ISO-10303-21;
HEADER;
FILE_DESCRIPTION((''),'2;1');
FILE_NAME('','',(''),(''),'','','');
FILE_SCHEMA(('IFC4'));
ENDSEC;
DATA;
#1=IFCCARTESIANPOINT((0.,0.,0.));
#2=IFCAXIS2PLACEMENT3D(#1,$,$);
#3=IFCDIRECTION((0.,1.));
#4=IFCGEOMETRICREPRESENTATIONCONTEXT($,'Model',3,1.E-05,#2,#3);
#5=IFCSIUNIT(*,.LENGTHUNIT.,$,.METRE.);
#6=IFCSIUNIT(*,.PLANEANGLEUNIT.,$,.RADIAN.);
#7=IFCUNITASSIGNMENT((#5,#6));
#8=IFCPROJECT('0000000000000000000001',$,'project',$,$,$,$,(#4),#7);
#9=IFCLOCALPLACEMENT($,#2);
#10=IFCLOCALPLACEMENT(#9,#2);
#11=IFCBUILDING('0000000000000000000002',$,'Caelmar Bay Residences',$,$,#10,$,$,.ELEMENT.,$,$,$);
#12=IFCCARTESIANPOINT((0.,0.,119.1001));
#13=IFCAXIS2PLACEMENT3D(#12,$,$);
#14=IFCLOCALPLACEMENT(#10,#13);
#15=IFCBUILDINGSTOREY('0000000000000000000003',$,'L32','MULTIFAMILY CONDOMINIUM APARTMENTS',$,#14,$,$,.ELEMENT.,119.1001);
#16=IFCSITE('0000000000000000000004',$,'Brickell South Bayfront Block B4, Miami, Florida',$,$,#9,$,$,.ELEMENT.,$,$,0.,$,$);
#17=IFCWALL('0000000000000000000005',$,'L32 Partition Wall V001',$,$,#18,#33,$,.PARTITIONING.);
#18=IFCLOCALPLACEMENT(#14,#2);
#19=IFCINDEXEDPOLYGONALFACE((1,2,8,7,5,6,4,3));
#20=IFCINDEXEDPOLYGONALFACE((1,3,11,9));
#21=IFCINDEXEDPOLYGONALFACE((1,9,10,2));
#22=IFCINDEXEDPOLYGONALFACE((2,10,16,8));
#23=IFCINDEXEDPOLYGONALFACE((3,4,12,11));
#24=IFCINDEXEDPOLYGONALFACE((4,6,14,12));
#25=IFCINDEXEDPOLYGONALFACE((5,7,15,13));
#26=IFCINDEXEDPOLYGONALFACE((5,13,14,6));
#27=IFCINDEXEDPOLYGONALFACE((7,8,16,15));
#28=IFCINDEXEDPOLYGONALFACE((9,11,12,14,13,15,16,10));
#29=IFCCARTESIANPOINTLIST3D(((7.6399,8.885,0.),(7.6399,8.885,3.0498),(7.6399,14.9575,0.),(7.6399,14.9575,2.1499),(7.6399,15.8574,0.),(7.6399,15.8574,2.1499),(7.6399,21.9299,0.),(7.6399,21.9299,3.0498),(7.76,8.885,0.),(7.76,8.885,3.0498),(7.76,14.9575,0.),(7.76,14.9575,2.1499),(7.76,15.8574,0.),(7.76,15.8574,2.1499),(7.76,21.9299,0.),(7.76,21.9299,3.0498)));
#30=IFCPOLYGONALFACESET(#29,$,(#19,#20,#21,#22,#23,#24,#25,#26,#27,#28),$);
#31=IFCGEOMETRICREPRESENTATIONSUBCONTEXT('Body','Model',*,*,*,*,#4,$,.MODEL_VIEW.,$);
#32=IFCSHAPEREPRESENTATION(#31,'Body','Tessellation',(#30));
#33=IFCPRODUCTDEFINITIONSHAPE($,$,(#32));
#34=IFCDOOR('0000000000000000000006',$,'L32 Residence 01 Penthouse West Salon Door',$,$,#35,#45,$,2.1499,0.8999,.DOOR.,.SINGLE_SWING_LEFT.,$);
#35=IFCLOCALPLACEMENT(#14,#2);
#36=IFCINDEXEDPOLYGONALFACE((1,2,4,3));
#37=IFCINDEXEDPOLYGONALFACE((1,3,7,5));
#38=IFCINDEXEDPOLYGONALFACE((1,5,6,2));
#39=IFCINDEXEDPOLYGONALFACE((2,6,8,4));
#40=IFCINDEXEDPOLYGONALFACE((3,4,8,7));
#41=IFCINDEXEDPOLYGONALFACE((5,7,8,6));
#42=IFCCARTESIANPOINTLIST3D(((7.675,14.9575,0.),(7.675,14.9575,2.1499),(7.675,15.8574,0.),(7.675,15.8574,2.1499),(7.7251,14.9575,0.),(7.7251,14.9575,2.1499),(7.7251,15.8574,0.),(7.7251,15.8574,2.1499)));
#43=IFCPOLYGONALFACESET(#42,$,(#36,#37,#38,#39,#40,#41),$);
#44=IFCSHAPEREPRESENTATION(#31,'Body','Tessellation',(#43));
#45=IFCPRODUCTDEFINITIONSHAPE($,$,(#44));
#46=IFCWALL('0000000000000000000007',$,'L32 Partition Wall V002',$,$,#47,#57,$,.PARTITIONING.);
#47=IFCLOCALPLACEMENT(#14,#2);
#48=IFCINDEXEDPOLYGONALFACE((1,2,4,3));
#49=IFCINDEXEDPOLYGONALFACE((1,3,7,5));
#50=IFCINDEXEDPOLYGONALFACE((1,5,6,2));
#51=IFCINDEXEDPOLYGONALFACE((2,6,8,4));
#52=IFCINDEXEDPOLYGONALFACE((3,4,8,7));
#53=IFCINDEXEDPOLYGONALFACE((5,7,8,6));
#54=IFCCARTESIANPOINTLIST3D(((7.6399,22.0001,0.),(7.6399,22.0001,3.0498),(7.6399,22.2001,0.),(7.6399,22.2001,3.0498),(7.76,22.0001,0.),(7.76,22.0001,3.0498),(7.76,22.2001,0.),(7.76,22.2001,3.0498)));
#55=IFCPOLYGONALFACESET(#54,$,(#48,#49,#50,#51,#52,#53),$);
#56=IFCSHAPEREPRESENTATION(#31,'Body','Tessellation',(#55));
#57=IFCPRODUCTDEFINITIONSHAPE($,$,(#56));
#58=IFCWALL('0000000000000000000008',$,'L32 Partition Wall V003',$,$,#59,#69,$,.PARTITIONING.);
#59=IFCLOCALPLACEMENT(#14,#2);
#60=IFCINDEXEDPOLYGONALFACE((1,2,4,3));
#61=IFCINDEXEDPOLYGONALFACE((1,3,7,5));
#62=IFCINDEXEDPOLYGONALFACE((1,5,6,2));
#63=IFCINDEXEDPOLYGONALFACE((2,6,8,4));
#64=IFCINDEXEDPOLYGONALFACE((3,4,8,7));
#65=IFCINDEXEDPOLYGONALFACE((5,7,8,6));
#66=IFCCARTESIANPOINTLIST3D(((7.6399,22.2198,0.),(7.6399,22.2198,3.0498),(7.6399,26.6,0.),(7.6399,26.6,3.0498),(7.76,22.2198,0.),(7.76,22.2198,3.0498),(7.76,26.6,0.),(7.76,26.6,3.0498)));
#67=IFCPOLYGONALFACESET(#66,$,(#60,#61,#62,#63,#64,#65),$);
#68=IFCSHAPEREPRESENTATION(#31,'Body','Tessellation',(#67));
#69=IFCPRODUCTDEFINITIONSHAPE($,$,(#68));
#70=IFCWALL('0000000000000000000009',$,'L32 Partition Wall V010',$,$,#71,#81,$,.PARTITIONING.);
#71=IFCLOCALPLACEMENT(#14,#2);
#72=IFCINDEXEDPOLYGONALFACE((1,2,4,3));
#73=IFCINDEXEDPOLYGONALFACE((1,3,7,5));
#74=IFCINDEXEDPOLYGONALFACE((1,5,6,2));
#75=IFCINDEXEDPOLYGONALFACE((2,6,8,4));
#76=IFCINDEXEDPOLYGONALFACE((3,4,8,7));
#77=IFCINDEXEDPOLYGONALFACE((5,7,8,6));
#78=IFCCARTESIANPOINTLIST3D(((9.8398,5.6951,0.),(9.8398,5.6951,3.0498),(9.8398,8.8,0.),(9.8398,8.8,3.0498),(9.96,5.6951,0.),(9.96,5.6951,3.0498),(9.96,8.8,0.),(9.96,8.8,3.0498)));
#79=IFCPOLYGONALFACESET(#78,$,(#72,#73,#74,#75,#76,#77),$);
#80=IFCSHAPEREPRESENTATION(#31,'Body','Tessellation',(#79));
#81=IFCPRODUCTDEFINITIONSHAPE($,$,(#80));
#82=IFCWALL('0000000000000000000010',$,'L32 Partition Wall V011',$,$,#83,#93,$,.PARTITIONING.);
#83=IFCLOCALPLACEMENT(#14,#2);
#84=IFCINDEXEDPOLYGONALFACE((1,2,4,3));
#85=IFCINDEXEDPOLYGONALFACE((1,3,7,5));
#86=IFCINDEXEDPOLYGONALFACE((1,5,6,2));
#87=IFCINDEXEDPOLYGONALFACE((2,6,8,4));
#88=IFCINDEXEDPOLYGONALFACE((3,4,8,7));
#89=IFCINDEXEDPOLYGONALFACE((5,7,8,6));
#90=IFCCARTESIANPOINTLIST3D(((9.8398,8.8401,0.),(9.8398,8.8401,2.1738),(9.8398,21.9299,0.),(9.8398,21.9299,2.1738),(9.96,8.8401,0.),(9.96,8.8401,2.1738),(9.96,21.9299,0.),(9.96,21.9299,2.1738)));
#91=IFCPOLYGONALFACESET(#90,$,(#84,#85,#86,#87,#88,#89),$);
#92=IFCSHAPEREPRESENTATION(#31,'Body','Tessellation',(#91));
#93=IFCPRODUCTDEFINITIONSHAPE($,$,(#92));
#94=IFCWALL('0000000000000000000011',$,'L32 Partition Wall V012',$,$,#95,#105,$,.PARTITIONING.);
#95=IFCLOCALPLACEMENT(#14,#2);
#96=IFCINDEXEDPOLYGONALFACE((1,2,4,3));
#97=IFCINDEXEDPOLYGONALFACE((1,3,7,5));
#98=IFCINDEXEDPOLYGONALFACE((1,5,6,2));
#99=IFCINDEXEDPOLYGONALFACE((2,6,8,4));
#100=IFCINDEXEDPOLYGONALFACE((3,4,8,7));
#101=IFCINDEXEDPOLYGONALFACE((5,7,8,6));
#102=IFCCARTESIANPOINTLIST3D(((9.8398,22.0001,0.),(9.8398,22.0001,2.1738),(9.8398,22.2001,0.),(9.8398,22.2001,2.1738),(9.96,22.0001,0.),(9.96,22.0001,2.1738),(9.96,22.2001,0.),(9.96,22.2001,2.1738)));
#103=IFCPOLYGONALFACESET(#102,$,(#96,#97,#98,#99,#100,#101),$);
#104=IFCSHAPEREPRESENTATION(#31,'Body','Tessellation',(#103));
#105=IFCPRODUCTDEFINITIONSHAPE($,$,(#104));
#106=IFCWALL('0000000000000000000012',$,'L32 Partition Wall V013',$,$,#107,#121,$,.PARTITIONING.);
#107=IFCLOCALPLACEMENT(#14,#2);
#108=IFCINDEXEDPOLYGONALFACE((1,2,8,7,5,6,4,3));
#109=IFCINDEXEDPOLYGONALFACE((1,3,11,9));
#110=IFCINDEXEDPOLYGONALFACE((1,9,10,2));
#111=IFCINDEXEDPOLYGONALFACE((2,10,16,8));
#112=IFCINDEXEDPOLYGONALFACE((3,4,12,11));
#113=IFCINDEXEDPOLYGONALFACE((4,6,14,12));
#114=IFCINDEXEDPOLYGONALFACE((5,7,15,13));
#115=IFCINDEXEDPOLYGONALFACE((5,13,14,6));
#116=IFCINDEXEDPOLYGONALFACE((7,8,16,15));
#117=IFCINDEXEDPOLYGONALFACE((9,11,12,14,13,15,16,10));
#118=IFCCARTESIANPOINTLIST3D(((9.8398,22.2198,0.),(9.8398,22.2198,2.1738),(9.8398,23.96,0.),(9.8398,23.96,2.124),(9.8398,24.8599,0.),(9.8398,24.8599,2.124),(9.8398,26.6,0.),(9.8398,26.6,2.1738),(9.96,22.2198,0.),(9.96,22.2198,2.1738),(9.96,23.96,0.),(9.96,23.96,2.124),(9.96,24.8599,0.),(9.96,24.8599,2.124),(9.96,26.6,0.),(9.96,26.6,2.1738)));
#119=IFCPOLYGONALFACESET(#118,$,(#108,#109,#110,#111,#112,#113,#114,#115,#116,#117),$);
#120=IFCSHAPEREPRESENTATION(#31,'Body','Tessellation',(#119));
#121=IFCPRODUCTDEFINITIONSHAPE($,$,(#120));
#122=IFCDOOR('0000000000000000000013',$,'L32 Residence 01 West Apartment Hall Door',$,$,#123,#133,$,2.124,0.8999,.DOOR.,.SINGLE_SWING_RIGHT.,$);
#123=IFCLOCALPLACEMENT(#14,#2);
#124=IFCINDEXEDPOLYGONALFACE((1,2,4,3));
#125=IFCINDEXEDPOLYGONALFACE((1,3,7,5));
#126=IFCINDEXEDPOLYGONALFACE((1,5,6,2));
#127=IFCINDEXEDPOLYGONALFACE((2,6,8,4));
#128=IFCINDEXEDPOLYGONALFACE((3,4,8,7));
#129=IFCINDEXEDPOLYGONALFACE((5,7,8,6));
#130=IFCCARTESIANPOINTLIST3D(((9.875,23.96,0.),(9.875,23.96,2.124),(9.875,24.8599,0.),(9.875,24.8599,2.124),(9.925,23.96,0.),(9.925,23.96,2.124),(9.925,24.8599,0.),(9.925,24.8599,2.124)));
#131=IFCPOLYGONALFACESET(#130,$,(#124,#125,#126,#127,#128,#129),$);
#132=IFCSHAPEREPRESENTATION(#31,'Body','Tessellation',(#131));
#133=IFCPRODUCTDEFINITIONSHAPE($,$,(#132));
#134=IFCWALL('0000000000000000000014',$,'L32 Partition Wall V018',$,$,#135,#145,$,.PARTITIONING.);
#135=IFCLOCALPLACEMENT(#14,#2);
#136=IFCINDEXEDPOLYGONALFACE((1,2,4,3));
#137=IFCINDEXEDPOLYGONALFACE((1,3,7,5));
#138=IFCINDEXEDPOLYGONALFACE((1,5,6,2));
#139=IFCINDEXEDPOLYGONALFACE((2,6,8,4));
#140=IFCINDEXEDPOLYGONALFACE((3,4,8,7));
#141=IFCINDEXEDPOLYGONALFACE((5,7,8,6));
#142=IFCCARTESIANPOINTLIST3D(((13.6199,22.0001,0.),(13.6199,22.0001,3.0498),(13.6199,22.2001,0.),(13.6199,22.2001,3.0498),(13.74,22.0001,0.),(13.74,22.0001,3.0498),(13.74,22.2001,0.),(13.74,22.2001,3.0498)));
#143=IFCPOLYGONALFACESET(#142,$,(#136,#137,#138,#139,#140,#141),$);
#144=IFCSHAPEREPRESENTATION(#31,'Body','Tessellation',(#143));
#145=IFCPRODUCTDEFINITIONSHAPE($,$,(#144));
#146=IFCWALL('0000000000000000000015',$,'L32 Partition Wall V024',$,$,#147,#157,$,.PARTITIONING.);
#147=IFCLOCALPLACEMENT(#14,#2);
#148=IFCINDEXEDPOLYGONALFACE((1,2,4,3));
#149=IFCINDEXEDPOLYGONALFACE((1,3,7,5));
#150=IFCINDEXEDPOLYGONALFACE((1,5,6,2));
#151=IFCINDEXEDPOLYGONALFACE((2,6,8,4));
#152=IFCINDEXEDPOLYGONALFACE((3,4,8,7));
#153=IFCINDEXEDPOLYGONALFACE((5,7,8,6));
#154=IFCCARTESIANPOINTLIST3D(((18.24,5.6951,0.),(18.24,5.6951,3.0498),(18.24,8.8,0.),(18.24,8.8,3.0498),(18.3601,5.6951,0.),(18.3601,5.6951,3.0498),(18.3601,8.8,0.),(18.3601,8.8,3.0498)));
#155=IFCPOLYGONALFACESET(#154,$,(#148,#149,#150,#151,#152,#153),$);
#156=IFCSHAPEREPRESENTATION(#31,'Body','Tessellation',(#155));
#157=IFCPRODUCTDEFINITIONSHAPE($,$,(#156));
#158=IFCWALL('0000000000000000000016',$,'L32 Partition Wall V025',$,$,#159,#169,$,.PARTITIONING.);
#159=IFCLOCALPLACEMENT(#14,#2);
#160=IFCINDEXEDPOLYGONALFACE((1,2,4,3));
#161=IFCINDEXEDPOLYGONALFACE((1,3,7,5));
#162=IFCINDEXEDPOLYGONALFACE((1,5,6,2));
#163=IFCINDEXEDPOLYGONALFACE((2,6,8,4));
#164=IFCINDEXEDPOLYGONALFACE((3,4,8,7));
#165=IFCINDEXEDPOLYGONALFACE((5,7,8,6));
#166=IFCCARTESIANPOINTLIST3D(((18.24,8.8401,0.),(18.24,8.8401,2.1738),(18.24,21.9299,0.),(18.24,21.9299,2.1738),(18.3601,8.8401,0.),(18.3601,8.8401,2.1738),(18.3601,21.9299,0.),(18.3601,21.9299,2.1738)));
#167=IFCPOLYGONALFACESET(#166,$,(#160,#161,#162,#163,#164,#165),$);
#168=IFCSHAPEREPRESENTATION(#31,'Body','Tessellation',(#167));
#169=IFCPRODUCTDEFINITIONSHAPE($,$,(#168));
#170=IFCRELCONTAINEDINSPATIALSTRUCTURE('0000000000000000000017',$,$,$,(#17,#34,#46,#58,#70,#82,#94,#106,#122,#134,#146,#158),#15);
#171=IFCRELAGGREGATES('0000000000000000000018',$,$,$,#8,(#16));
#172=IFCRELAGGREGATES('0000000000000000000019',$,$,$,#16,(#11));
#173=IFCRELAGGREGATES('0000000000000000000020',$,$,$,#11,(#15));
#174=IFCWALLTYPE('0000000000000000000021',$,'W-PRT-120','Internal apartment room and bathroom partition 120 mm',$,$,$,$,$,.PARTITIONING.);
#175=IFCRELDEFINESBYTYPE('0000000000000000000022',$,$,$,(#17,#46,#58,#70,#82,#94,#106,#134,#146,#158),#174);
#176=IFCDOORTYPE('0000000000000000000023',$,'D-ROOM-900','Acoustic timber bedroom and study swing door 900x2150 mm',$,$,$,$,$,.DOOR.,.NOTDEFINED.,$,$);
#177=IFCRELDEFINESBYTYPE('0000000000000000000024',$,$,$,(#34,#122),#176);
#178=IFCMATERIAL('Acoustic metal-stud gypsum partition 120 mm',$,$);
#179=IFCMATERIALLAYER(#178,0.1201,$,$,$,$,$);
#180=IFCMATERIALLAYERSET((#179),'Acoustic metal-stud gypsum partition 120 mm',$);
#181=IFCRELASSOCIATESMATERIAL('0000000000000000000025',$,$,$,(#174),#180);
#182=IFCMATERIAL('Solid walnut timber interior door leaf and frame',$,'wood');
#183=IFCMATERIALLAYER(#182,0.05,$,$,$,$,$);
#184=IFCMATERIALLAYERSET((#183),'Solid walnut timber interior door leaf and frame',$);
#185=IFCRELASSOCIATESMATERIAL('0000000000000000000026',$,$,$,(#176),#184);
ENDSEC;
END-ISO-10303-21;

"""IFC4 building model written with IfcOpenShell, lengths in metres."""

from ifc_helpers import new_model, si_unit, direction, frame, frame_2d, origin, place, context, subcontext, project, spatial, rectangle, extrude, material, layer, layer_set, type_object, element, fill, save


model = new_model("IFC4")

# Units and contexts
model_context = context("Model", 3, precision=1e-05, world=origin(), true_north=direction((0.0, 1.0)))
body_context = subcontext(model_context, "Body", "Model", "MODEL_VIEW")
ifc_project = project(units=[si_unit("LENGTHUNIT", "METRE"), si_unit("PLANEANGLEUNIT", "RADIAN")], contexts=[model_context])

# Site, building, storey
site_placement = place(None, origin())
site = spatial("IfcSite", under=ifc_project, at=site_placement, Name="Brickell South Bayfront Block B4, Miami, Florida", CompositionType="ELEMENT", RefElevation=0.0)
building_placement = place(site_placement, origin())
building = spatial("IfcBuilding", under=site, at=building_placement, Name="Caelmar Bay Residences", CompositionType="ELEMENT")
storey_placement = place(building_placement, frame((0.0, 0.0, 119.1001)))
storey = spatial("IfcBuildingStorey", under=building, at=storey_placement, Name="L32", Description="MULTIFAMILY CONDOMINIUM APARTMENTS", CompositionType="ELEMENT", Elevation=119.1001)

# Wall, opening, door
ifc_material_1 = material(Name="Acoustic metal-stud gypsum partition 120 mm")
ifc_layer_1 = layer(ifc_material_1, 0.1201)
ifc_layer_set_1 = layer_set([ifc_layer_1], Name="Acoustic metal-stud gypsum partition 120 mm")
wall_type_1 = type_object("IfcWallType", Name="W-PRT-120", Description="Internal apartment room and bathroom partition 120 mm", PredefinedType="PARTITIONING", material=ifc_layer_set_1)
wall_1_placement = place(storey_placement, frame((7.7, 8.885, 0.0), z_axis=(0.0, 0.0, 1.0), x_axis=(0.0, 1.0, 0.0)))
wall_1 = element("IfcWall", 1, at=wall_1_placement, inside=storey, type_object=wall_type_1, Name="L32 Partition Wall V001", PredefinedType="PARTITIONING", context=body_context, shape_type="SweptSolid", body=[
    extrude(rectangle(XDim=13.0449, YDim=0.1201, at=frame_2d((6.5225, 0.0))), origin(), (0.0, 0.0, 1.0), 3.0498),
])
opening_1_placement = place(wall_1_placement, frame((6.0725, 0.0, 0.0)))
opening_1 = element("IfcOpeningElement", 2, at=opening_1_placement, cuts=wall_1, PredefinedType="OPENING", context=body_context, shape_type="SweptSolid", body=[
    extrude(rectangle(XDim=0.8999, YDim=2.1499, at=frame_2d((0.45, 1.075))), frame((0.0, 0.0701, 0.0), z_axis=(0.0, -1.0, 0.0), x_axis=(1.0, 0.0, 0.0)), (0.0, 0.0, 1.0), 0.1401),
])
ifc_material_2 = material(Name="Solid walnut timber interior door leaf and frame", Category="wood")
ifc_layer_2 = layer(ifc_material_2, 0.05)
ifc_layer_set_2 = layer_set([ifc_layer_2], Name="Solid walnut timber interior door leaf and frame")
door_type = type_object("IfcDoorType", Name="D-ROOM-900", Description="Acoustic timber bedroom and study swing door 900x2150 mm", OperationType="NOTDEFINED", PredefinedType="DOOR", material=ifc_layer_set_2)
door_1_placement = place(opening_1_placement, origin())
door_1 = element("IfcDoor", 3, at=door_1_placement, inside=storey, type_object=door_type, Name="L32 Residence 01 Penthouse West Salon Door", OperationType="SINGLE_SWING_LEFT", OverallHeight=2.1499, OverallWidth=0.8999, PredefinedType="DOOR", context=body_context, shape_type="SweptSolid", body=[
    extrude(rectangle(XDim=0.8999, YDim=2.1499, at=frame_2d((0.45, 1.075))), frame((0.0, 0.0249, 0.0), z_axis=(0.0, -1.0, 0.0), x_axis=(1.0, 0.0, 0.0)), (0.0, 0.0, 1.0), 0.05),
])
fill(opening_1, door_1)

# Walls
wall_2_placement = place(storey_placement, frame((7.7, 22.0, 0.0), z_axis=(0.0, 0.0, 1.0), x_axis=(0.0, 1.0, 0.0)))
element("IfcWall", 4, at=wall_2_placement, inside=storey, type_object=wall_type_1, Name="L32 Partition Wall V002", PredefinedType="PARTITIONING", context=body_context, shape_type="SweptSolid", body=[
    extrude(rectangle(XDim=0.2, YDim=0.1201, at=frame_2d((0.1001, 0.0))), origin(), (0.0, 0.0, 1.0), 3.0498),
])
wall_3_placement = place(storey_placement, frame((7.7, 22.22, 0.0), z_axis=(0.0, 0.0, 1.0), x_axis=(0.0, 1.0, 0.0)))
element("IfcWall", 5, at=wall_3_placement, inside=storey, type_object=wall_type_1, Name="L32 Partition Wall V003", PredefinedType="PARTITIONING", context=body_context, shape_type="SweptSolid", body=[
    extrude(rectangle(XDim=4.3801, YDim=0.1201, at=frame_2d((2.1899, 0.0))), origin(), (0.0, 0.0, 1.0), 3.0498),
])
wall_4_placement = place(storey_placement, frame((9.8999, 5.6951, 0.0), z_axis=(0.0, 0.0, 1.0), x_axis=(0.0, 1.0, 0.0)))
element("IfcWall", 6, at=wall_4_placement, inside=storey, type_object=wall_type_1, Name="L32 Partition Wall V010", PredefinedType="PARTITIONING", context=body_context, shape_type="SweptSolid", body=[
    extrude(rectangle(XDim=3.105, YDim=0.1201, at=frame_2d((1.5525, 0.0))), origin(), (0.0, 0.0, 1.0), 3.0498),
])
wall_5_placement = place(storey_placement, frame((9.8999, 8.8401, 0.0), z_axis=(0.0, 0.0, 1.0), x_axis=(0.0, 1.0, 0.0)))
element("IfcWall", 7, at=wall_5_placement, inside=storey, type_object=wall_type_1, Name="L32 Partition Wall V011", PredefinedType="PARTITIONING", context=body_context, shape_type="SweptSolid", body=[
    extrude(rectangle(XDim=13.0898, YDim=0.1201, at=frame_2d((6.5449, 0.0))), origin(), (0.0, 0.0, 1.0), 2.1738),
])
wall_6_placement = place(storey_placement, frame((9.8999, 22.0, 0.0), z_axis=(0.0, 0.0, 1.0), x_axis=(0.0, 1.0, 0.0)))
element("IfcWall", 8, at=wall_6_placement, inside=storey, type_object=wall_type_1, Name="L32 Partition Wall V012", PredefinedType="PARTITIONING", context=body_context, shape_type="SweptSolid", body=[
    extrude(rectangle(XDim=0.2, YDim=0.1201, at=frame_2d((0.1001, 0.0))), origin(), (0.0, 0.0, 1.0), 2.1738),
])

# Wall, opening, door
wall_7_placement = place(storey_placement, frame((9.8999, 22.22, 0.0), z_axis=(0.0, 0.0, 1.0), x_axis=(0.0, 1.0, 0.0)))
wall_7 = element("IfcWall", 9, at=wall_7_placement, inside=storey, type_object=wall_type_1, Name="L32 Partition Wall V013", PredefinedType="PARTITIONING", context=body_context, shape_type="SweptSolid", body=[
    extrude(rectangle(XDim=4.3801, YDim=0.1201, at=frame_2d((2.1899, 0.0))), origin(), (0.0, 0.0, 1.0), 2.1738),
])
opening_2_placement = place(wall_7_placement, frame((1.74, 0.0, 0.0)))
opening_2 = element("IfcOpeningElement", 10, at=opening_2_placement, cuts=wall_7, PredefinedType="OPENING", context=body_context, shape_type="SweptSolid", body=[
    extrude(rectangle(XDim=0.8999, YDim=2.124, at=frame_2d((0.45, 1.062))), frame((0.0, 0.0701, 0.0), z_axis=(0.0, -1.0, 0.0), x_axis=(1.0, 0.0, 0.0)), (0.0, 0.0, 1.0), 0.1401),
])
door_2_placement = place(opening_2_placement, origin())
door_2 = element("IfcDoor", 11, at=door_2_placement, inside=storey, type_object=door_type, Name="L32 Residence 01 West Apartment Hall Door", OperationType="SINGLE_SWING_RIGHT", OverallHeight=2.124, OverallWidth=0.8999, PredefinedType="DOOR", context=body_context, shape_type="SweptSolid", body=[
    extrude(rectangle(XDim=0.8999, YDim=2.124, at=frame_2d((0.45, 1.062))), frame((0.0, 0.0249, 0.0), z_axis=(0.0, -1.0, 0.0), x_axis=(1.0, 0.0, 0.0)), (0.0, 0.0, 1.0), 0.05),
])
fill(opening_2, door_2)

# Walls
wall_8_placement = place(storey_placement, frame((13.6799, 22.0, 0.0), z_axis=(0.0, 0.0, 1.0), x_axis=(0.0, 1.0, 0.0)))
element("IfcWall", 12, at=wall_8_placement, inside=storey, type_object=wall_type_1, Name="L32 Partition Wall V018", PredefinedType="PARTITIONING", context=body_context, shape_type="SweptSolid", body=[
    extrude(rectangle(XDim=0.2, YDim=0.1201, at=frame_2d((0.1001, 0.0))), origin(), (0.0, 0.0, 1.0), 3.0498),
])
wall_9_placement = place(storey_placement, frame((18.3, 5.6951, 0.0), z_axis=(0.0, 0.0, 1.0), x_axis=(0.0, 1.0, 0.0)))
element("IfcWall", 13, at=wall_9_placement, inside=storey, type_object=wall_type_1, Name="L32 Partition Wall V024", PredefinedType="PARTITIONING", context=body_context, shape_type="SweptSolid", body=[
    extrude(rectangle(XDim=3.105, YDim=0.1201, at=frame_2d((1.5525, 0.0))), origin(), (0.0, 0.0, 1.0), 3.0498),
])
wall_10_placement = place(storey_placement, frame((18.3, 8.8401, 0.0), z_axis=(0.0, 0.0, 1.0), x_axis=(0.0, 1.0, 0.0)))
element("IfcWall", 14, at=wall_10_placement, inside=storey, type_object=wall_type_1, Name="L32 Partition Wall V025", PredefinedType="PARTITIONING", context=body_context, shape_type="SweptSolid", body=[
    extrude(rectangle(XDim=13.0898, YDim=0.1201, at=frame_2d((6.5449, 0.0))), origin(), (0.0, 0.0, 1.0), 2.1738),
])

save(model, "model.ifc")
